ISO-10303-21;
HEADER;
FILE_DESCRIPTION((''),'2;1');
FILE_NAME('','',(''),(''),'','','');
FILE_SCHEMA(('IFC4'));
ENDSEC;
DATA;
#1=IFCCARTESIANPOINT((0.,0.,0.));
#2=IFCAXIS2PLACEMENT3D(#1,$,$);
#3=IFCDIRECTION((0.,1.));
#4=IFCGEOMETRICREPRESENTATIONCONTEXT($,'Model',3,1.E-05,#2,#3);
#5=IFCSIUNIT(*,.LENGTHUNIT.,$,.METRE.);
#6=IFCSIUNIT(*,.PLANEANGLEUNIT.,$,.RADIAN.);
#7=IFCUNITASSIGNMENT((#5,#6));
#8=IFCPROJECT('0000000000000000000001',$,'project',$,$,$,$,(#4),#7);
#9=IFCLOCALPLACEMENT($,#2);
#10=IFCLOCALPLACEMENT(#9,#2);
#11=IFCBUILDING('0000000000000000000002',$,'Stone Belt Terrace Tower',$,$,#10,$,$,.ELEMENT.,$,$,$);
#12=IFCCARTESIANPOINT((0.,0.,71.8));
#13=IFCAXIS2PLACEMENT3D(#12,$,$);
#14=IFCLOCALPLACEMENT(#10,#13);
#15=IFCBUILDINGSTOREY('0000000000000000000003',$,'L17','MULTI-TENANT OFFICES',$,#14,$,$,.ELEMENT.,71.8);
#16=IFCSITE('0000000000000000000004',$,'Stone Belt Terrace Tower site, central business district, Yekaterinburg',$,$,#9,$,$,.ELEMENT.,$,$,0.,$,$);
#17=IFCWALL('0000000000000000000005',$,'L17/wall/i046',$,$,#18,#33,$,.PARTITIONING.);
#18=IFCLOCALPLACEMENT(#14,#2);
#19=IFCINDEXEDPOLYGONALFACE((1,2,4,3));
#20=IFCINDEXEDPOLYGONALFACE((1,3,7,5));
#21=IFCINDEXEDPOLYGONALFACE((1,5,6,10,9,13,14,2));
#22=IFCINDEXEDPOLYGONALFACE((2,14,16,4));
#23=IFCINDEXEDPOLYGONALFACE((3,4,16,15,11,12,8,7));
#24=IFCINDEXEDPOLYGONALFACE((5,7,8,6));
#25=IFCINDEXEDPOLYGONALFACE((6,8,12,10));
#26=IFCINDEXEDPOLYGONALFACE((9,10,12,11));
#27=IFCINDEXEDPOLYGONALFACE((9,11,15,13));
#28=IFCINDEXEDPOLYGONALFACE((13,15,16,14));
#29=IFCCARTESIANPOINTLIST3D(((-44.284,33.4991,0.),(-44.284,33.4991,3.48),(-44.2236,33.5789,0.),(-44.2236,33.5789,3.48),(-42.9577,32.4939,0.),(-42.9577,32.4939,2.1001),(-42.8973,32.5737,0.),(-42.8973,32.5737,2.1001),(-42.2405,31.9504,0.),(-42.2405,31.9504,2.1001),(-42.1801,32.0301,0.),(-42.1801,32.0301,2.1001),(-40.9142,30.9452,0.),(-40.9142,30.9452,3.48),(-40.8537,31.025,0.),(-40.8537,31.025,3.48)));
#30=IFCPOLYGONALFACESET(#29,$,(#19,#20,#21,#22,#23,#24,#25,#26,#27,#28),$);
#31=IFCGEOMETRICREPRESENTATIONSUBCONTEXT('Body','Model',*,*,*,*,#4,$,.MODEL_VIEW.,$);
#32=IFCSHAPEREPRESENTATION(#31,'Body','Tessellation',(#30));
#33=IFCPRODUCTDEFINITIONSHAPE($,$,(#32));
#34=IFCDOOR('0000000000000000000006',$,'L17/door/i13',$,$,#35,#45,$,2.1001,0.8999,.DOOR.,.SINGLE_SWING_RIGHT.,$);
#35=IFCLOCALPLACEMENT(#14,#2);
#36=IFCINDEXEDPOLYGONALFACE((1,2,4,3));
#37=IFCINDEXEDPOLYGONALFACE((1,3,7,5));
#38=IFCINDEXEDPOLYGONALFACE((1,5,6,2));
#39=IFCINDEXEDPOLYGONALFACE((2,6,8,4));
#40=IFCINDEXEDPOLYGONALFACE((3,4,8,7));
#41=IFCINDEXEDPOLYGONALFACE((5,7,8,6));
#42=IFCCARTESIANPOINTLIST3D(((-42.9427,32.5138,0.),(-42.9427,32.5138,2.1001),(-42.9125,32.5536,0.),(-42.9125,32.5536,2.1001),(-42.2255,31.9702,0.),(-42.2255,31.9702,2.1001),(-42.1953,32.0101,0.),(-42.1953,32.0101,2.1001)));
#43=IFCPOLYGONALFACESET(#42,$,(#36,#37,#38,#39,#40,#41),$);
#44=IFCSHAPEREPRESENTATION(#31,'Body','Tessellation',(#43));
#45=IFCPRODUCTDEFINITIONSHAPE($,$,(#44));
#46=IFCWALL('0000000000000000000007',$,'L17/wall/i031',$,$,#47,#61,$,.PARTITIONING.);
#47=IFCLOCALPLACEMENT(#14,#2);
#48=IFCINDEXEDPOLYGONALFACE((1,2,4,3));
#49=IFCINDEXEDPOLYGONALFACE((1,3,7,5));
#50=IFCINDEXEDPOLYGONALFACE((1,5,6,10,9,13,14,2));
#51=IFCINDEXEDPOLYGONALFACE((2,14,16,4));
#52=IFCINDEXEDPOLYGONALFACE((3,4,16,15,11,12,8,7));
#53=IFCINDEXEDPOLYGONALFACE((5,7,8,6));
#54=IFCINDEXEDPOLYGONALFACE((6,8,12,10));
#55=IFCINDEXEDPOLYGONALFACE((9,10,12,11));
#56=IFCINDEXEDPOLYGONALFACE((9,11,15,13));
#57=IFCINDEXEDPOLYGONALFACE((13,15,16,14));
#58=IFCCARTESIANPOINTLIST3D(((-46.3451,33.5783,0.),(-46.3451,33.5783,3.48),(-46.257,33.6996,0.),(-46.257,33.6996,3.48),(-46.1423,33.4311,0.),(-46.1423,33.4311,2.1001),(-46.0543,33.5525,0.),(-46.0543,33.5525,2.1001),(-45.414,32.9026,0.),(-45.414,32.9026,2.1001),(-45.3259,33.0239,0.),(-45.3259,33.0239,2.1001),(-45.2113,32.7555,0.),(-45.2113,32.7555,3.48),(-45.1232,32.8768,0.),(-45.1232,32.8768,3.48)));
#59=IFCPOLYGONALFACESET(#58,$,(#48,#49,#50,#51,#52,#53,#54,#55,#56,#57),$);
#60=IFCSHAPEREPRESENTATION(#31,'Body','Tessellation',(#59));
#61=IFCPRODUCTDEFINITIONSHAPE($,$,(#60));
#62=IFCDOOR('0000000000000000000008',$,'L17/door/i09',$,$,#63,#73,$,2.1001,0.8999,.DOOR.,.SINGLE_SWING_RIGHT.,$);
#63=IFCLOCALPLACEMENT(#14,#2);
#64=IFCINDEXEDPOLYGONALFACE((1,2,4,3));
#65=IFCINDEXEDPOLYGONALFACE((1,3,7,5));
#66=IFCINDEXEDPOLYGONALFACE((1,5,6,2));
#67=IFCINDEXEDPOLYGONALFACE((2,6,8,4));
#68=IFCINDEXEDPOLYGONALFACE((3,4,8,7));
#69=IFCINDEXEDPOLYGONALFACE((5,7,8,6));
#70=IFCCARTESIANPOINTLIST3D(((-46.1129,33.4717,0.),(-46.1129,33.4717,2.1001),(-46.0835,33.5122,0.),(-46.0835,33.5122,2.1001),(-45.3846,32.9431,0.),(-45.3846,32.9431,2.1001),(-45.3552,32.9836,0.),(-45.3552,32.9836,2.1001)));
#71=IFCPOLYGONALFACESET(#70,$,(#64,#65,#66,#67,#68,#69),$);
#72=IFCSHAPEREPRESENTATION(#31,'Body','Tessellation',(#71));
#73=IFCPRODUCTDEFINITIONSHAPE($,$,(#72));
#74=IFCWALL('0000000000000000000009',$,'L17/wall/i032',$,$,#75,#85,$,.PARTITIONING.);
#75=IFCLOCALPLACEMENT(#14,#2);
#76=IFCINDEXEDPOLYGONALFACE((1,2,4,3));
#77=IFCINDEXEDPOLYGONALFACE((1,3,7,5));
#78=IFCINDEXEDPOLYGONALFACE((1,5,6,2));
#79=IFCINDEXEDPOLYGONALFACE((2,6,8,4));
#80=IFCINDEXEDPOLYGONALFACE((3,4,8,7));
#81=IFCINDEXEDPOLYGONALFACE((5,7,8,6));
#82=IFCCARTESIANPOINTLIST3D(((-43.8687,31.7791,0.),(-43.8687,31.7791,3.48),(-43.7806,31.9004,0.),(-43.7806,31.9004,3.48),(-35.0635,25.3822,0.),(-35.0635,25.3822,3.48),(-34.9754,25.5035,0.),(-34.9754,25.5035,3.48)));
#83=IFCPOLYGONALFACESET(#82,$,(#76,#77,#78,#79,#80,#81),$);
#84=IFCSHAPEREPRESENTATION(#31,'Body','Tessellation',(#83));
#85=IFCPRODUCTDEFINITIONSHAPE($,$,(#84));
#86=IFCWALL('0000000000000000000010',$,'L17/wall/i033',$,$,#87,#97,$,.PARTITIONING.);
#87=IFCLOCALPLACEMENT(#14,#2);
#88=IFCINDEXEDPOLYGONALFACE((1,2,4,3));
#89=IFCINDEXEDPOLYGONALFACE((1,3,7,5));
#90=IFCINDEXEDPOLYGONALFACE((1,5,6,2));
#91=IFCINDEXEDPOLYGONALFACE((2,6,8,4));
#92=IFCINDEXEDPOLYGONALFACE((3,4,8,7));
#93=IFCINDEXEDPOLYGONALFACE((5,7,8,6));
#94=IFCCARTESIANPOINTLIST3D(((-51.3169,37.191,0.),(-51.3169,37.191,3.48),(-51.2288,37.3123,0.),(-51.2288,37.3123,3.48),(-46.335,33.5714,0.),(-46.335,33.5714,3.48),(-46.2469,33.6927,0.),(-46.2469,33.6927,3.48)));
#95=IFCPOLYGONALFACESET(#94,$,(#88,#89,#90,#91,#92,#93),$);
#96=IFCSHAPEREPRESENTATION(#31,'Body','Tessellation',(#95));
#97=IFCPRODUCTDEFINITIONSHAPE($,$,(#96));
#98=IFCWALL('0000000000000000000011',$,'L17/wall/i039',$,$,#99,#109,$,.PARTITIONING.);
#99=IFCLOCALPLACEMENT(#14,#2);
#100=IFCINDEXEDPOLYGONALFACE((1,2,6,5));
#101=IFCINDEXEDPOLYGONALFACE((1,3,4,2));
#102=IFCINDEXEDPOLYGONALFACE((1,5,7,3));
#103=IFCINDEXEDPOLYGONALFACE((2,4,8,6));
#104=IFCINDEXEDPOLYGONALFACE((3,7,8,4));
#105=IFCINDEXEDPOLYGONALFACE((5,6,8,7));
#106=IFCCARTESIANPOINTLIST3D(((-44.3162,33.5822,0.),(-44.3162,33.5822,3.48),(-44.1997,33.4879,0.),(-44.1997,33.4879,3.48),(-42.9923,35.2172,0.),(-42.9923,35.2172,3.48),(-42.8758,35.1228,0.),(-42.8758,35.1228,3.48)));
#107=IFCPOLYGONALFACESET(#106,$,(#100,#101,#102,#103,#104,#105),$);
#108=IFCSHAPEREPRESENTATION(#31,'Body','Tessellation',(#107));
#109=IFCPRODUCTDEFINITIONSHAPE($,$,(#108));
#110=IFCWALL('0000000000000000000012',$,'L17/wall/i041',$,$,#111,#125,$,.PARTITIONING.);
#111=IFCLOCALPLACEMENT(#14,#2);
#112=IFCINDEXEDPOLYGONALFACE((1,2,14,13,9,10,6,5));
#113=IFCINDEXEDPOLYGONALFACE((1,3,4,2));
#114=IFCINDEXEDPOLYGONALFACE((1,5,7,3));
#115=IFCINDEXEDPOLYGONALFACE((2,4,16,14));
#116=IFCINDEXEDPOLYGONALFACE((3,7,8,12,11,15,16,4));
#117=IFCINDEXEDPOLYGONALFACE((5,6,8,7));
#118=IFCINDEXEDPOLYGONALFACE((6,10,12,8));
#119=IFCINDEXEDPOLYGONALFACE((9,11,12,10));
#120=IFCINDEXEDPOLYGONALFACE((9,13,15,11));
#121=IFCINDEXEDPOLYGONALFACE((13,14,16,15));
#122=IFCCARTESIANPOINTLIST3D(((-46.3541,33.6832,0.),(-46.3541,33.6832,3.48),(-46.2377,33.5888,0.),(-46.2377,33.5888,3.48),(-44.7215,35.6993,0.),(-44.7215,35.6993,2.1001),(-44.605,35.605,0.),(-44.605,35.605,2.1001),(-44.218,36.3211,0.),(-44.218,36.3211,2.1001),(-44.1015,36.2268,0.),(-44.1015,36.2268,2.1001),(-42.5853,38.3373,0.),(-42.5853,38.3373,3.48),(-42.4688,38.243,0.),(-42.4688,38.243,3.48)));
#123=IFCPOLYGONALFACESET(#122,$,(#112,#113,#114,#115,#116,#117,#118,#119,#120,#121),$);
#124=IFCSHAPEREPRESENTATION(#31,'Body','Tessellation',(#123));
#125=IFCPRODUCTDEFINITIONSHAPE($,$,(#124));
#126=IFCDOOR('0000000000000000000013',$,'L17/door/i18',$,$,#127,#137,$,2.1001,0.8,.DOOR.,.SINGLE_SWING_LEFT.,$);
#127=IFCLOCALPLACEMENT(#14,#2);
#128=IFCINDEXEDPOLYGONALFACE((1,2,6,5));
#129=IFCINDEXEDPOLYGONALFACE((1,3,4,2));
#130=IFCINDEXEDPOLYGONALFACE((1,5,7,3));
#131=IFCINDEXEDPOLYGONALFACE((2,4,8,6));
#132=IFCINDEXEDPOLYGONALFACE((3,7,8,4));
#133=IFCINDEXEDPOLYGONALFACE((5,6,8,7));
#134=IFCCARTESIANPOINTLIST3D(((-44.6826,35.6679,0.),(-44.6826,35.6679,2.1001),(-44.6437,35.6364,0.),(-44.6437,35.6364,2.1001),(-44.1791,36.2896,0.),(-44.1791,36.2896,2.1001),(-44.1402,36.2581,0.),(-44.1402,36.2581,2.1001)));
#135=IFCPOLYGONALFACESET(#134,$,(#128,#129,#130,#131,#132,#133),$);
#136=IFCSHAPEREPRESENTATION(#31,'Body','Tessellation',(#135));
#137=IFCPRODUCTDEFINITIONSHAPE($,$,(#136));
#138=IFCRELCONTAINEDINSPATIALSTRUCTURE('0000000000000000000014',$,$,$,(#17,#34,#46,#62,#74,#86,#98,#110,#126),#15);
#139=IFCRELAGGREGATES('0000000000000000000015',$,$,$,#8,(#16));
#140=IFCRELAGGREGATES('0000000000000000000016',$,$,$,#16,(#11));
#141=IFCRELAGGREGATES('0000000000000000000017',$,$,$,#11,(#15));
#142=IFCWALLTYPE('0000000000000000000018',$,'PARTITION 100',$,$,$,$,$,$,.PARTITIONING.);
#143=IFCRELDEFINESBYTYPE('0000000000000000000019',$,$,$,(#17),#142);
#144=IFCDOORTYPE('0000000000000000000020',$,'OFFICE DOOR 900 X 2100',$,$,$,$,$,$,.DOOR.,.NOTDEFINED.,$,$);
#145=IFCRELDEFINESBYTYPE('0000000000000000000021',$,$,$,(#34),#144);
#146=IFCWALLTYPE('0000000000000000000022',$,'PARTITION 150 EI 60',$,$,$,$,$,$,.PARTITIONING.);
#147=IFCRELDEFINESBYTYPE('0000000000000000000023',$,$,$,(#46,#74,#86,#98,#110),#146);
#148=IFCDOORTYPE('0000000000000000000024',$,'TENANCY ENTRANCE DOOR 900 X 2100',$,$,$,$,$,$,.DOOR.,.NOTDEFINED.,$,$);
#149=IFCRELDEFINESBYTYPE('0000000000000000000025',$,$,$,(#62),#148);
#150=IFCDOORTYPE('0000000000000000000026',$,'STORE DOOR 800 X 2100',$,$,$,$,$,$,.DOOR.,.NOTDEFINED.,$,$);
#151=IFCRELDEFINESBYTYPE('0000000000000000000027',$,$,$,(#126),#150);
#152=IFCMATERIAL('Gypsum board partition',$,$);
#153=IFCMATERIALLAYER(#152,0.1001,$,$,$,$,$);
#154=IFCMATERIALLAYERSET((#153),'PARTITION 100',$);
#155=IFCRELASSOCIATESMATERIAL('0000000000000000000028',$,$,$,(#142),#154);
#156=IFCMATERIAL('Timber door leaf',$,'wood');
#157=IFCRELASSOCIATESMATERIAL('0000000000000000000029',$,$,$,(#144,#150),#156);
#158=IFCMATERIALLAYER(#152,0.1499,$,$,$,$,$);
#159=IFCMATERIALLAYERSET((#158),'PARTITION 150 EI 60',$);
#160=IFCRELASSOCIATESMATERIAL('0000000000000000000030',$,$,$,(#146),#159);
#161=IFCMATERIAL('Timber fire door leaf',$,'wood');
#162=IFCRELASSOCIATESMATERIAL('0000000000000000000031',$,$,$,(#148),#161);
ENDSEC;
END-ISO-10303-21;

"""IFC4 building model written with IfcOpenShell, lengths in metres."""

from ifc_helpers import new_model, si_unit, direction, frame, frame_2d, origin, place, context, subcontext, project, spatial, rectangle, extrude, material, layer, layer_set, type_object, element, fill, save


model = new_model("IFC4")

# Units and contexts
model_context = context("Model", 3, precision=1e-05, world=origin(), true_north=direction((0.0, 1.0)))
body_context = subcontext(model_context, "Body", "Model", "MODEL_VIEW")
ifc_project = project(units=[si_unit("LENGTHUNIT", "METRE"), si_unit("PLANEANGLEUNIT", "RADIAN")], contexts=[model_context])

# Site, building, storey
site_placement = place(None, origin())
site = spatial("IfcSite", under=ifc_project, at=site_placement, Name="Stone Belt Terrace Tower site, central business district, Yekaterinburg", CompositionType="ELEMENT", RefElevation=0.0)
building_placement = place(site_placement, origin())
building = spatial("IfcBuilding", under=site, at=building_placement, Name="Stone Belt Terrace Tower", CompositionType="ELEMENT")
storey_placement = place(building_placement, frame((0.0, 0.0, 71.8)))
storey = spatial("IfcBuildingStorey", under=building, at=storey_placement, Name="L17", Description="MULTI-TENANT OFFICES", CompositionType="ELEMENT", Elevation=71.8)

# Walls, openings, doors
ifc_material_1 = material(Name="Gypsum board partition")
ifc_layer_1 = layer(ifc_material_1, 0.1001)
ifc_layer_set_1 = layer_set([ifc_layer_1], Name="PARTITION 100")
wall_type_1 = type_object("IfcWallType", Name="PARTITION 100", PredefinedType="PARTITIONING", material=ifc_layer_set_1)
wall_1_placement = place(storey_placement, frame((-44.2539, 33.5391, 0.0), z_axis=(0.0, 0.0, 1.0), x_axis=(0.796976, -0.604011, 0.0)))
wall_1 = element("IfcWall", 1, at=wall_1_placement, inside=storey, type_object=wall_type_1, Name="L17/wall/i046", PredefinedType="PARTITIONING", context=body_context, shape_type="SweptSolid", body=[
    extrude(rectangle(XDim=4.2283, YDim=0.1001, at=frame_2d((2.1143, 0.0))), origin(), (0.0, 0.0, 1.0), 3.48),
])
opening_1_placement = place(wall_1_placement, frame((1.6643, 0.0, 0.0)))
opening_1 = element("IfcOpeningElement", 2, at=opening_1_placement, cuts=wall_1, PredefinedType="OPENING", context=body_context, shape_type="SweptSolid", body=[
    extrude(rectangle(XDim=0.8999, YDim=2.1001, at=frame_2d((0.45, 1.05))), frame((0.0, 0.0601, 0.0), z_axis=(0.0, -1.0, 0.0), x_axis=(1.0, 0.0, 0.0)), (0.0, 0.0, 1.0), 0.1201),
])
ifc_material_2 = material(Name="Timber door leaf", Category="wood")
door_type_1 = type_object("IfcDoorType", Name="OFFICE DOOR 900 X 2100", OperationType="NOTDEFINED", PredefinedType="DOOR", material=ifc_material_2)
door_1_placement = place(opening_1_placement, origin())
door_1 = element("IfcDoor", 3, at=door_1_placement, inside=storey, type_object=door_type_1, Name="L17/door/i13", OperationType="SINGLE_SWING_RIGHT", OverallHeight=2.1001, OverallWidth=0.8999, PredefinedType="DOOR", context=body_context, shape_type="SweptSolid", body=[
    extrude(rectangle(XDim=0.8999, YDim=2.1001, at=frame_2d((0.45, 1.05))), frame((0.0, 0.0249, 0.0), z_axis=(0.0, -1.0, 0.0), x_axis=(1.0, 0.0, 0.0)), (0.0, 0.0, 1.0), 0.05),
])
fill(opening_1, door_1)
ifc_layer_2 = layer(ifc_material_1, 0.1499)
ifc_layer_set_2 = layer_set([ifc_layer_2], Name="PARTITION 150 EI 60")
wall_type_2 = type_object("IfcWallType", Name="PARTITION 150 EI 60", PredefinedType="PARTITIONING", material=ifc_layer_set_2)
wall_2_placement = place(storey_placement, frame((-45.1672, 32.8162, 0.0), z_axis=(0.0, 0.0, 1.0), x_axis=(-0.809354, 0.587322, 0.0)))
wall_2 = element("IfcWall", 4, at=wall_2_placement, inside=storey, type_object=wall_type_2, Name="L17/wall/i031", PredefinedType="PARTITIONING", context=body_context, shape_type="SweptSolid", body=[
    extrude(rectangle(XDim=1.4009, YDim=0.1499, at=frame_2d((0.7004, 0.0))), origin(), (0.0, 0.0, 1.0), 3.48),
])
opening_2_placement = place(wall_2_placement, frame((0.2505, 0.0, 0.0)))
opening_2 = element("IfcOpeningElement", 5, at=opening_2_placement, cuts=wall_2, PredefinedType="OPENING", context=body_context, shape_type="SweptSolid", body=[
    extrude(rectangle(XDim=0.8999, YDim=2.1001, at=frame_2d((0.45, 1.05))), frame((0.0, 0.085, 0.0), z_axis=(0.0, -1.0, 0.0), x_axis=(1.0, 0.0, 0.0)), (0.0, 0.0, 1.0), 0.1699),
])
ifc_material_3 = material(Name="Timber fire door leaf", Category="wood")
door_type_2 = type_object("IfcDoorType", Name="TENANCY ENTRANCE DOOR 900 X 2100", OperationType="NOTDEFINED", PredefinedType="DOOR", material=ifc_material_3)
door_2_placement = place(opening_2_placement, origin())
door_2 = element("IfcDoor", 6, at=door_2_placement, inside=storey, type_object=door_type_2, Name="L17/door/i09", OperationType="SINGLE_SWING_RIGHT", OverallHeight=2.1001, OverallWidth=0.8999, PredefinedType="DOOR", context=body_context, shape_type="SweptSolid", body=[
    extrude(rectangle(XDim=0.8999, YDim=2.1001, at=frame_2d((0.45, 1.05))), frame((0.0, 0.0249, 0.0), z_axis=(0.0, -1.0, 0.0), x_axis=(1.0, 0.0, 0.0)), (0.0, 0.0, 1.0), 0.05),
])
fill(opening_2, door_2)

# Walls
wall_3_placement = place(storey_placement, frame((-43.8247, 31.8398, 0.0), z_axis=(0.0, 0.0, 1.0), x_axis=(0.809033, -0.587763, 0.0)))
element("IfcWall", 7, at=wall_3_placement, inside=storey, type_object=wall_type_2, Name="L17/wall/i032", PredefinedType="PARTITIONING", context=body_context, shape_type="SweptSolid", body=[
    extrude(rectangle(XDim=10.8835, YDim=0.1499, at=frame_2d((5.4419, 0.0))), origin(), (0.0, 0.0, 1.0), 3.48),
])
wall_4_placement = place(storey_placement, frame((-51.2729, 37.2517, 0.0), z_axis=(0.0, 0.0, 1.0), x_axis=(0.809014, -0.58779, 0.0)))
element("IfcWall", 8, at=wall_4_placement, inside=storey, type_object=wall_type_2, Name="L17/wall/i033", PredefinedType="PARTITIONING", context=body_context, shape_type="SweptSolid", body=[
    extrude(rectangle(XDim=6.158, YDim=0.1499, at=frame_2d((3.0791, 0.0))), origin(), (0.0, 0.0, 1.0), 3.48),
])
wall_5_placement = place(storey_placement, frame((-42.9341, 35.1699, 0.0), z_axis=(0.0, 0.0, 1.0), x_axis=(-0.629312, -0.777153, 0.0)))
element("IfcWall", 9, at=wall_5_placement, inside=storey, type_object=wall_type_2, Name="L17/wall/i039", PredefinedType="PARTITIONING", context=body_context, shape_type="SweptSolid", body=[
    extrude(rectangle(XDim=2.1038, YDim=0.1499, at=frame_2d((1.0518, 0.0))), origin(), (0.0, 0.0, 1.0), 3.48),
])

# Wall, opening, door
wall_6_placement = place(storey_placement, frame((-46.2959, 33.636, 0.0), z_axis=(0.0, 0.0, 1.0), x_axis=(0.629323, 0.777144, 0.0)))
wall_6 = element("IfcWall", 10, at=wall_6_placement, inside=storey, type_object=wall_type_2, Name="L17/wall/i041", PredefinedType="PARTITIONING", context=body_context, shape_type="SweptSolid", body=[
    extrude(rectangle(XDim=5.9888, YDim=0.1499, at=frame_2d((2.9944, 0.0))), origin(), (0.0, 0.0, 1.0), 3.48),
])
opening_3_placement = place(wall_6_placement, frame((2.5945, 0.0, 0.0)))
opening_3 = element("IfcOpeningElement", 11, at=opening_3_placement, cuts=wall_6, PredefinedType="OPENING", context=body_context, shape_type="SweptSolid", body=[
    extrude(rectangle(XDim=0.8, YDim=2.1001, at=frame_2d((0.3999, 1.05))), frame((0.0, 0.085, 0.0), z_axis=(0.0, -1.0, 0.0), x_axis=(1.0, 0.0, 0.0)), (0.0, 0.0, 1.0), 0.1699),
])
door_type_3 = type_object("IfcDoorType", Name="STORE DOOR 800 X 2100", OperationType="NOTDEFINED", PredefinedType="DOOR", material=ifc_material_2)
door_3_placement = place(opening_3_placement, origin())
door_3 = element("IfcDoor", 12, at=door_3_placement, inside=storey, type_object=door_type_3, Name="L17/door/i18", OperationType="SINGLE_SWING_LEFT", OverallHeight=2.1001, OverallWidth=0.8, PredefinedType="DOOR", context=body_context, shape_type="SweptSolid", body=[
    extrude(rectangle(XDim=0.8, YDim=2.1001, at=frame_2d((0.3999, 1.05))), frame((0.0, 0.0249, 0.0), z_axis=(0.0, -1.0, 0.0), x_axis=(1.0, 0.0, 0.0)), (0.0, 0.0, 1.0), 0.05),
])
fill(opening_3, door_3)

save(model, "model.ifc")
